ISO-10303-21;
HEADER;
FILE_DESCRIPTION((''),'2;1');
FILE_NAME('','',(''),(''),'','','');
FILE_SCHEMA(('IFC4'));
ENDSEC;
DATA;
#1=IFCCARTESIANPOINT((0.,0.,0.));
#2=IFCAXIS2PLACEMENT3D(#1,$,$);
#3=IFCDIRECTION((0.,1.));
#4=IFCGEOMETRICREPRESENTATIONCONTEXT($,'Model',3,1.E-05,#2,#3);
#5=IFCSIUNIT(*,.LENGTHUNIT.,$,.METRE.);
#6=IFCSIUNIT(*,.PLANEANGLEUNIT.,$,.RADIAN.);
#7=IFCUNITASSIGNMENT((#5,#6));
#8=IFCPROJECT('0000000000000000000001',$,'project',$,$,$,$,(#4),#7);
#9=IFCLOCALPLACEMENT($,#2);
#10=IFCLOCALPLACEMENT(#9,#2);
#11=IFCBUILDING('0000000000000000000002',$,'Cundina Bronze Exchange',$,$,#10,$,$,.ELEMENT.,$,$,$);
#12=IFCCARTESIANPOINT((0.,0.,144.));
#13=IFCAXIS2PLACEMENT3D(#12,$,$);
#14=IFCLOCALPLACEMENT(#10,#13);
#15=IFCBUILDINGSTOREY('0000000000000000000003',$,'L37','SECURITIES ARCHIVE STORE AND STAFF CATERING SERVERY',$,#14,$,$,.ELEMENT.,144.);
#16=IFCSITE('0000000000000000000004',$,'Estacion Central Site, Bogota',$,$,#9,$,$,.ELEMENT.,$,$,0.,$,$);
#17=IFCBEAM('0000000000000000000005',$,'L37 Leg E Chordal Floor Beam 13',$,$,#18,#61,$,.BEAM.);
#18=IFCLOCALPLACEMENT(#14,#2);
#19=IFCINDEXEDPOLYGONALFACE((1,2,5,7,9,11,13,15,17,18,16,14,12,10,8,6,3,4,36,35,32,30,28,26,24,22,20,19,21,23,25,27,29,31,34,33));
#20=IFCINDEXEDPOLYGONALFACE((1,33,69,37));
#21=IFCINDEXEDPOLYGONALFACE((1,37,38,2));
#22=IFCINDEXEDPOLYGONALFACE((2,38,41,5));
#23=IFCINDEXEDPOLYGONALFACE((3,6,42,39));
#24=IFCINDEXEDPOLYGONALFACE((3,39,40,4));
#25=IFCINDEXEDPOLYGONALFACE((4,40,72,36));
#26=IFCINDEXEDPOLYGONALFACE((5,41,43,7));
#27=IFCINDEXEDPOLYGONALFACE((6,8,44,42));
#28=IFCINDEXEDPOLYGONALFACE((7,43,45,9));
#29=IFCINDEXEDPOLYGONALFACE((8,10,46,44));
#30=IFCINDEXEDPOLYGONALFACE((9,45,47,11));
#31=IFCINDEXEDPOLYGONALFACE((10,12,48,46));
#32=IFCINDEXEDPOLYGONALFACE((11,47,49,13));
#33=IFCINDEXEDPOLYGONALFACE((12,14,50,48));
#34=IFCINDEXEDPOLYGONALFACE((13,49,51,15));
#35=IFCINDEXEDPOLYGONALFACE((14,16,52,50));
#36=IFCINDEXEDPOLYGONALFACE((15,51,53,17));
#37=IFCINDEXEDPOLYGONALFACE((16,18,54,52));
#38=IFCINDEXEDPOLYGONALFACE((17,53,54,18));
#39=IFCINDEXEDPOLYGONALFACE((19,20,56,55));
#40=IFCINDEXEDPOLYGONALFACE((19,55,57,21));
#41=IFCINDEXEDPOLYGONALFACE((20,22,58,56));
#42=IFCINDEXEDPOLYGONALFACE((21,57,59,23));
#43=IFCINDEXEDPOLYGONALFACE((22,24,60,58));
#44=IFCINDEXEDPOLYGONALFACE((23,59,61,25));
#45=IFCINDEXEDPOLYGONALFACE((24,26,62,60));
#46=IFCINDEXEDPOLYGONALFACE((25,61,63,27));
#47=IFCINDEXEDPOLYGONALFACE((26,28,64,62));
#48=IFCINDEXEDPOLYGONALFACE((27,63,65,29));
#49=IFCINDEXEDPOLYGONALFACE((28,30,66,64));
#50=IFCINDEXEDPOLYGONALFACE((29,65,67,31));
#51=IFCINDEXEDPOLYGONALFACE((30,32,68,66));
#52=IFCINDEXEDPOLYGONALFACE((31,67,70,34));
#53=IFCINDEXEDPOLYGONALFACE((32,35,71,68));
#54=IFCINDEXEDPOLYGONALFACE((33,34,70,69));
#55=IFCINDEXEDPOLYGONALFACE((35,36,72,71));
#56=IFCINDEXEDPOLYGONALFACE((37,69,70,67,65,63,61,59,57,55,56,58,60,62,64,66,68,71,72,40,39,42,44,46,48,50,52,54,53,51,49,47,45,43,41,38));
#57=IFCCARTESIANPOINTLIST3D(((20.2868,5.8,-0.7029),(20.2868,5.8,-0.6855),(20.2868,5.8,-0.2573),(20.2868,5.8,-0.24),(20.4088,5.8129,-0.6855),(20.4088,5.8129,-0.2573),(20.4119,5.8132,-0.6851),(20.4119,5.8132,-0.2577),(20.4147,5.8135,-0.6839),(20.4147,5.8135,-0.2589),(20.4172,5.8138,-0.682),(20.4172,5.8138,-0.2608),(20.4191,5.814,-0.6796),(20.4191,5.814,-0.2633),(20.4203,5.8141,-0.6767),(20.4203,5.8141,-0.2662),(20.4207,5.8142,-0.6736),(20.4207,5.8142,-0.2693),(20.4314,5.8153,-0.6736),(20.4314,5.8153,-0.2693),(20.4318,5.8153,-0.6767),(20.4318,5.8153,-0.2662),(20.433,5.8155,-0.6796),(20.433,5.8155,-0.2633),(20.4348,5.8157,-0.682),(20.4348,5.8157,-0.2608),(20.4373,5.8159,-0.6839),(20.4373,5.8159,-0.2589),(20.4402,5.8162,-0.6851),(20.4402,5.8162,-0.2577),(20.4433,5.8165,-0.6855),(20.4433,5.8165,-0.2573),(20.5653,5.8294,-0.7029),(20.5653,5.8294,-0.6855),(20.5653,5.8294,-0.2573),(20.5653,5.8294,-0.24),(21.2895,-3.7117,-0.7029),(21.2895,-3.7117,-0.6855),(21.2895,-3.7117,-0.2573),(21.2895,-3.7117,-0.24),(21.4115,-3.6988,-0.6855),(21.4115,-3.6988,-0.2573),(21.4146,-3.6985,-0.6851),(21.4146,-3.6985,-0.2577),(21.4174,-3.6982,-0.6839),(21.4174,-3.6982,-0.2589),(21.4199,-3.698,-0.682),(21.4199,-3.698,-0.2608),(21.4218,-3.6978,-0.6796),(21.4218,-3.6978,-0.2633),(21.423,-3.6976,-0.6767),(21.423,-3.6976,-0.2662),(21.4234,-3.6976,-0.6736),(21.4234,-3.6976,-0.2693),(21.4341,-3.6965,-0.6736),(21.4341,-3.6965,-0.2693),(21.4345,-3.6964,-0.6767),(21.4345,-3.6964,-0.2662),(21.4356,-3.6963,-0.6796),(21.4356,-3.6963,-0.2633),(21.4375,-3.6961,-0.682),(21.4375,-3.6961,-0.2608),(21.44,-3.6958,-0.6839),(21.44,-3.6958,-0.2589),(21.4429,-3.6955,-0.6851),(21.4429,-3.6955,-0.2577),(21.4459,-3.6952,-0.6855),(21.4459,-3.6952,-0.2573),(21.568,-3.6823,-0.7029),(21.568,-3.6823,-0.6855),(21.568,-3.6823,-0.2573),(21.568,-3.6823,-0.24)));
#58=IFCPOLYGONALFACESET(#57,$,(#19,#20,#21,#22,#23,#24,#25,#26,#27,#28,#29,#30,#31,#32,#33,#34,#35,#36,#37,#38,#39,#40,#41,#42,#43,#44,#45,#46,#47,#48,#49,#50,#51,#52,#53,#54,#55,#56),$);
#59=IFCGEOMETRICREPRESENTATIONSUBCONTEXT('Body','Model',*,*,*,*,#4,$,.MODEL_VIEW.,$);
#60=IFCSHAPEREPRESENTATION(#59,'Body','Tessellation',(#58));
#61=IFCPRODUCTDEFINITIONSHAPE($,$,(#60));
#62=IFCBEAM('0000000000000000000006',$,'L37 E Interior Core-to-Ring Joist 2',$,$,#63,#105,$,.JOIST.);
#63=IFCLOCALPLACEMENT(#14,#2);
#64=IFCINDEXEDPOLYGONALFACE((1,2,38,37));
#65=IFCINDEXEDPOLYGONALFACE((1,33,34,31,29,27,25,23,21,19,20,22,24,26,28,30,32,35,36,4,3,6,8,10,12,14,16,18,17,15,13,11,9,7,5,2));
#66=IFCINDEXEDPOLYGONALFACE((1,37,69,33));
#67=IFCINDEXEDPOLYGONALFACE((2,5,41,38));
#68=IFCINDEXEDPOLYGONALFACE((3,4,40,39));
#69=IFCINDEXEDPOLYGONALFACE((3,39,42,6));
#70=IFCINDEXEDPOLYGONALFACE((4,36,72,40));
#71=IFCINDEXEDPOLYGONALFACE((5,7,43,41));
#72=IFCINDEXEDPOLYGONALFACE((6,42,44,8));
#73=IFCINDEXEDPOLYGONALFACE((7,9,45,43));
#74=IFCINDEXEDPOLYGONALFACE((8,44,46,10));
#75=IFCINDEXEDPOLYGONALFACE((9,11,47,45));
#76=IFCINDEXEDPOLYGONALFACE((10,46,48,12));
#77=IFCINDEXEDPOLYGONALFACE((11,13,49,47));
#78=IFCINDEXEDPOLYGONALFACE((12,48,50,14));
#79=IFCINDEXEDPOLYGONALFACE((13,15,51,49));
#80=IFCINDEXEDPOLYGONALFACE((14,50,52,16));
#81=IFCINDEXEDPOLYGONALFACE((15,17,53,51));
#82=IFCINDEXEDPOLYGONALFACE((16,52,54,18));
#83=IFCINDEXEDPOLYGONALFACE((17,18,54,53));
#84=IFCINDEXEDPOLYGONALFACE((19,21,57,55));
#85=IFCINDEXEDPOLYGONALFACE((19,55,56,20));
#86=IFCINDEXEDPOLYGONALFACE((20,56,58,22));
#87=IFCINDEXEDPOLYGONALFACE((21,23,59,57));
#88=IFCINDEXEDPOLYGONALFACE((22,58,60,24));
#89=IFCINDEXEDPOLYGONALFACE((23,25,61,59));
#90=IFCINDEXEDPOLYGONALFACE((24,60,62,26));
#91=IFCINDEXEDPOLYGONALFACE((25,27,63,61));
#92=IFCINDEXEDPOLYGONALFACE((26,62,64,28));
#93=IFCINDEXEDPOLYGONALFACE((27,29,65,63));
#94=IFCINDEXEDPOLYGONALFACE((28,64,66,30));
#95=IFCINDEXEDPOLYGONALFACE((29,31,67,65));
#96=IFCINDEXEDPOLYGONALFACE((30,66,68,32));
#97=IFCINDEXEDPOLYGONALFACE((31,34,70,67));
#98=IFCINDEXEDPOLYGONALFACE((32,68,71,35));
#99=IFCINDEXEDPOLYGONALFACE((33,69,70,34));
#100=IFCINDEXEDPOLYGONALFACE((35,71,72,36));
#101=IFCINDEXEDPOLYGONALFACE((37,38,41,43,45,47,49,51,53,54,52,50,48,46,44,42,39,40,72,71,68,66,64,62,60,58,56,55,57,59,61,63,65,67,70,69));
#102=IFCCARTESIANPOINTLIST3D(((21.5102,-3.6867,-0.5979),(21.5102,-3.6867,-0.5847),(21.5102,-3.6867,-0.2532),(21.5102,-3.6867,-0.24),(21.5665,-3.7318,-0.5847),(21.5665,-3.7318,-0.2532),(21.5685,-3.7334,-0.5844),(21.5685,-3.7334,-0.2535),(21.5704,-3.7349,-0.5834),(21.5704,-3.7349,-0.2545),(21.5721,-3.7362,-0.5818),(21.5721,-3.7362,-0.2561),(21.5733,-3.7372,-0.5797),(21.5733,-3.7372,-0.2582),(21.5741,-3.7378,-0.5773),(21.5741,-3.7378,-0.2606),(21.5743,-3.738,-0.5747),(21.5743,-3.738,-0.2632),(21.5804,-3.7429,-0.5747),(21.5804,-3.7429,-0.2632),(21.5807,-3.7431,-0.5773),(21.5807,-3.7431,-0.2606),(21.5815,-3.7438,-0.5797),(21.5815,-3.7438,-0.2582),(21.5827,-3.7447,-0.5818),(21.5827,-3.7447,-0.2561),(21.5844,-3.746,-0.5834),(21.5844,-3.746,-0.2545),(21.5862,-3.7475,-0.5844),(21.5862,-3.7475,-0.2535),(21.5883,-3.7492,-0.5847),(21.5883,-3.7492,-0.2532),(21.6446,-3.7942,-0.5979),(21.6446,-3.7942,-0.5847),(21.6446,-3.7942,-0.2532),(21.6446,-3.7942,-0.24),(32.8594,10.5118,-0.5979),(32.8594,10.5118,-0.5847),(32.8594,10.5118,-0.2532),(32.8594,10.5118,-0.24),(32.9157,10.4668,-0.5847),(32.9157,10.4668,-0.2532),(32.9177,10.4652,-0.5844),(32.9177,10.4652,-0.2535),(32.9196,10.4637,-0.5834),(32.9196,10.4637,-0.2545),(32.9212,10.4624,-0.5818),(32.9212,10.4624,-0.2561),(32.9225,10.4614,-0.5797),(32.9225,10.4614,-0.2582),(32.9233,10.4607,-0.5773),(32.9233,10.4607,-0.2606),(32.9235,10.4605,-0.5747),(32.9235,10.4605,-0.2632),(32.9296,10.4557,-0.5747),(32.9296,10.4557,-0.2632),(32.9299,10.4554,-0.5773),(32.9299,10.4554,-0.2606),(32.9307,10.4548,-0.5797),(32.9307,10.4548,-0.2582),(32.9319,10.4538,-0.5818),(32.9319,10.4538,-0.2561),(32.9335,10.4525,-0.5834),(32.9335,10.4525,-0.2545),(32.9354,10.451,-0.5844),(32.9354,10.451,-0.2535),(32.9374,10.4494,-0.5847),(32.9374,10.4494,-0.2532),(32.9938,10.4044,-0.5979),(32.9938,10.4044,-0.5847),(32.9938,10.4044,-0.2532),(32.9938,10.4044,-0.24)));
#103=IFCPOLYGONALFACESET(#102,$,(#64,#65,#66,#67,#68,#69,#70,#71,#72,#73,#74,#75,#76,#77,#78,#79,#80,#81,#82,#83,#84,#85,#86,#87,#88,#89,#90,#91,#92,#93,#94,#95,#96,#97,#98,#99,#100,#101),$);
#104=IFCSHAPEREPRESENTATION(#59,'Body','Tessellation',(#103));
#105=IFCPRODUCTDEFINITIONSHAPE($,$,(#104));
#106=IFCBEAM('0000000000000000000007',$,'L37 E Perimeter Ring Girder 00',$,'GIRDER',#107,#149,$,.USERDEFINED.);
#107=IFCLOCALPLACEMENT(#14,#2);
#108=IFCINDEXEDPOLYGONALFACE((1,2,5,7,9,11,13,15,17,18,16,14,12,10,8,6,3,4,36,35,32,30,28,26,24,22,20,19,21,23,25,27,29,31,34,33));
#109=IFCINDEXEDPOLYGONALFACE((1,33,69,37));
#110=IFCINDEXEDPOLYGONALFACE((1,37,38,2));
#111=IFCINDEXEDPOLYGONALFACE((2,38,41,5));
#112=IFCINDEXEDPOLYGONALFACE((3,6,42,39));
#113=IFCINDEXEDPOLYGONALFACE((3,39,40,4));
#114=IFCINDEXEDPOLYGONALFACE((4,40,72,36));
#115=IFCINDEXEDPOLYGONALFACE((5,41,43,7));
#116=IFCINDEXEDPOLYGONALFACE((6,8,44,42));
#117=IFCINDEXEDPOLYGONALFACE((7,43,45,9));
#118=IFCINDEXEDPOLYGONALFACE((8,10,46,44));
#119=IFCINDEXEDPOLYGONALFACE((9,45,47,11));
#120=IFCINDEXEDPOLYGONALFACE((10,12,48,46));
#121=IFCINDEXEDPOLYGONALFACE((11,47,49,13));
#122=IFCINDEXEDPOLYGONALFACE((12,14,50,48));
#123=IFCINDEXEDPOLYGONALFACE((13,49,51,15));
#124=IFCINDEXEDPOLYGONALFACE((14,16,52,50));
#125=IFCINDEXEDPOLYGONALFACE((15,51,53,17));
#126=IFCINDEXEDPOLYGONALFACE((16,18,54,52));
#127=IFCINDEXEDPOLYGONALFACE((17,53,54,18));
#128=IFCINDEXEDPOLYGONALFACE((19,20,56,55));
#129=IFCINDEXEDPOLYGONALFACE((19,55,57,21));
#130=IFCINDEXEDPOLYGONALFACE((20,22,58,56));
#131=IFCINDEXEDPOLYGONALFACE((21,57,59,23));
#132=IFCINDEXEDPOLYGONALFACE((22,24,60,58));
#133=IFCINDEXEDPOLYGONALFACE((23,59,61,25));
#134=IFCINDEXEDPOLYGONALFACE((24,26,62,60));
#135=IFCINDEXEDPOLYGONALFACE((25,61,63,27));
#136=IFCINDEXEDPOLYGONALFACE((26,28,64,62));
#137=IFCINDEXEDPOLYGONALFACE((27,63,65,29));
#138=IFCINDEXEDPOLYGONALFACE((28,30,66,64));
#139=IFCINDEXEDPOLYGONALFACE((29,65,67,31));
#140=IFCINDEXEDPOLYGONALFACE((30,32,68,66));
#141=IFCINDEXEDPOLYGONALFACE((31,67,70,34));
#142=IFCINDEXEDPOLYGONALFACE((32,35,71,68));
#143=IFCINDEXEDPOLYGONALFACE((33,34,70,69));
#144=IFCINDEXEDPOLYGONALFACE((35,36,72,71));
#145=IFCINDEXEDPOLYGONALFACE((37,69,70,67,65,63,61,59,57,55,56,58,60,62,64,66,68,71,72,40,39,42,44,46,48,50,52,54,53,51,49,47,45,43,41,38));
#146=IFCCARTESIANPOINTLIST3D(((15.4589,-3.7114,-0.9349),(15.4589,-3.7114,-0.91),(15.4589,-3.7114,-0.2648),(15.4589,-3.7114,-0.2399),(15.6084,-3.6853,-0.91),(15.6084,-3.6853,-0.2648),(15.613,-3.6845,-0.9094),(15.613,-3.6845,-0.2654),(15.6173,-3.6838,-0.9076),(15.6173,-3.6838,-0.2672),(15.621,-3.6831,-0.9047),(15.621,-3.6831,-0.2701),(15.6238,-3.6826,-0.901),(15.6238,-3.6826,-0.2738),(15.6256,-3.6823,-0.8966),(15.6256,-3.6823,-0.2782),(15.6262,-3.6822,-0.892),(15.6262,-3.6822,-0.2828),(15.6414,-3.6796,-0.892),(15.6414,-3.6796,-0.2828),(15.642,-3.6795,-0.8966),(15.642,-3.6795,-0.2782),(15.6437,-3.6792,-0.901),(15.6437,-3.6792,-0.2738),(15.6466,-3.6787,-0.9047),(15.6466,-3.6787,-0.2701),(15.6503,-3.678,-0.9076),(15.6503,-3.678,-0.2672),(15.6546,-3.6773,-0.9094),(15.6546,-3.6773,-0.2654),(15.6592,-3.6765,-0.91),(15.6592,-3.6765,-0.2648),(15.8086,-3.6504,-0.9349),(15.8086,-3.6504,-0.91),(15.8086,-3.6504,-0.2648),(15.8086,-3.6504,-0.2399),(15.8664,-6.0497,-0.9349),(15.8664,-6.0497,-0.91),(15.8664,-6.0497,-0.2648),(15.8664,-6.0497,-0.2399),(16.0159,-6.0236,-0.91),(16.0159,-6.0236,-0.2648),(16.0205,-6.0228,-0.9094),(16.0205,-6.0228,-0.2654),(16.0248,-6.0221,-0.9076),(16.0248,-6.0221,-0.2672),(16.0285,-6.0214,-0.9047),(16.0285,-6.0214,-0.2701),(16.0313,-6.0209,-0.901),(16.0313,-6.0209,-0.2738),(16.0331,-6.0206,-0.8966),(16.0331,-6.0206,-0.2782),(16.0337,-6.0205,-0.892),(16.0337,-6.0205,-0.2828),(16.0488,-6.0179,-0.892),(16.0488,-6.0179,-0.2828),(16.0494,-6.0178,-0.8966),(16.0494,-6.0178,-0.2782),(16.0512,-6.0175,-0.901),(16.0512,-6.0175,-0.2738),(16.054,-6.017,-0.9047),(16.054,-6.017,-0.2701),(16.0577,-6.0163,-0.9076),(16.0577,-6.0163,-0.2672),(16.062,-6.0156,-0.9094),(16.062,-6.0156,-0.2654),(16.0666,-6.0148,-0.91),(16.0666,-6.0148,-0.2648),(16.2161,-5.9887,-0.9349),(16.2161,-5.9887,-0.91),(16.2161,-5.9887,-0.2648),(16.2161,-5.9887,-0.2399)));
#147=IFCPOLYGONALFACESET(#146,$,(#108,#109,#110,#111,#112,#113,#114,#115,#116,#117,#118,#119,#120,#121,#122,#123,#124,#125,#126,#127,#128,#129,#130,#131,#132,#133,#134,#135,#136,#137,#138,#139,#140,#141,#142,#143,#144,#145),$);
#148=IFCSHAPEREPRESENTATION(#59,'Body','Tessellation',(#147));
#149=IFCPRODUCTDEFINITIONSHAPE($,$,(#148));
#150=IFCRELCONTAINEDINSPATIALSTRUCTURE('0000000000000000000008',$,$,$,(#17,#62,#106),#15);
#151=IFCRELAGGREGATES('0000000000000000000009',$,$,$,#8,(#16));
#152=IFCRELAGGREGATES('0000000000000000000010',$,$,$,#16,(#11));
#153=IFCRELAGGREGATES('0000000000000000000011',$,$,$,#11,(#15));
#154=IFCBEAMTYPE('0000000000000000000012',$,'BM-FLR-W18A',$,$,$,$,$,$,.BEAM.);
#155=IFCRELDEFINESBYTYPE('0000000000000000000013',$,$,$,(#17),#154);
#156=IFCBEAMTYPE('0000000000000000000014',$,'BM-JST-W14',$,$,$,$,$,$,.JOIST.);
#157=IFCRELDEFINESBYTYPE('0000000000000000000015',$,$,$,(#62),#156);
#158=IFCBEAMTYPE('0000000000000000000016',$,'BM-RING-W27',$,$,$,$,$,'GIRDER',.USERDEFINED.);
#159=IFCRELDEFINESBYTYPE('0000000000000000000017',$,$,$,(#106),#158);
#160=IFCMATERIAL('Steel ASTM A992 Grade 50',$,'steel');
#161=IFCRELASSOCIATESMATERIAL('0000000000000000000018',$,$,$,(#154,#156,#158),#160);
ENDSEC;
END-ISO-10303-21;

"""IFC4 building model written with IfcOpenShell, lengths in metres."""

from ifc_helpers import new_model, si_unit, direction, frame, origin, origin_2d, place, context, subcontext, project, spatial, i_section, extrude, material, material_profile, profile_set, type_object, element, save


model = new_model("IFC4")

# Units and contexts
model_context = context("Model", 3, precision=1e-05, world=origin(), true_north=direction((0.0, 1.0)))
body_context = subcontext(model_context, "Body", "Model", "MODEL_VIEW")
ifc_project = project(units=[si_unit("LENGTHUNIT", "METRE"), si_unit("PLANEANGLEUNIT", "RADIAN")], contexts=[model_context])

# Site, building, storey
site_placement = place(None, origin())
site = spatial("IfcSite", under=ifc_project, at=site_placement, Name="Estacion Central Site, Bogota", CompositionType="ELEMENT", RefElevation=0.0)
building_placement = place(site_placement, origin())
building = spatial("IfcBuilding", under=site, at=building_placement, Name="Cundina Bronze Exchange", CompositionType="ELEMENT")
storey_placement = place(building_placement, frame((0.0, 0.0, 144.0)))
storey = spatial("IfcBuildingStorey", under=building, at=storey_placement, Name="L37", Description="SECURITIES ARCHIVE STORE AND STAFF CATERING SERVERY", CompositionType="ELEMENT", Elevation=144.0)

# Shared definitions
ifc_material_1 = material(Name="Steel ASTM A992 Grade 50", Category="steel")

# Beams
ifc_material_profile_1 = material_profile(ifc_material_1, i_section(OverallWidth=0.28, OverallDepth=0.4629, WebThickness=0.0107, FlangeThickness=0.0173, FilletRadius=0.012, at=origin_2d()), Name="W18X76", Category="steel")
ifc_profile_set_1 = profile_set([ifc_material_profile_1], Name="Steel ASTM A992 Grade 50")
beam_type_1 = type_object("IfcBeamType", Name="BM-FLR-W18A", PredefinedType="BEAM", material=ifc_profile_set_1)
beam_1_placement = place(storey_placement, frame((21.4287, -3.697, -0.4714), z_axis=(-0.104835, 0.99449, 0.0), x_axis=(-0.99449, -0.104835, 0.0)))
element("IfcBeam", 1, at=beam_1_placement, inside=storey, type_object=beam_type_1, Name="L37 Leg E Chordal Floor Beam 13", PredefinedType="BEAM", context=body_context, shape_type="SweptSolid", body=[
    extrude(i_section(OverallWidth=0.28, OverallDepth=0.4629, WebThickness=0.0107, FlangeThickness=0.0173, FilletRadius=0.012, at=origin_2d()), origin(), (0.0, 0.0, 1.0), 9.5645),
])
ifc_material_profile_2 = material_profile(ifc_material_1, i_section(OverallWidth=0.1721, OverallDepth=0.3579, WebThickness=0.0078, FlangeThickness=0.0132, FilletRadius=0.01, at=origin_2d()), Name="W14X38", Category="steel")
ifc_profile_set_2 = profile_set([ifc_material_profile_2], Name="Steel ASTM A992 Grade 50")
beam_type_2 = type_object("IfcBeamType", Name="BM-JST-W14", PredefinedType="JOIST", material=ifc_profile_set_2)
beam_2_placement = place(storey_placement, frame((21.5774, -3.7405, -0.4189), z_axis=(0.624371, 0.781128, 0.0), x_axis=(-0.781128, 0.624371, 0.0)))
element("IfcBeam", 2, at=beam_2_placement, inside=storey, type_object=beam_type_2, Name="L37 E Interior Core-to-Ring Joist 2", PredefinedType="JOIST", context=body_context, shape_type="SweptSolid", body=[
    extrude(i_section(OverallWidth=0.1721, OverallDepth=0.3579, WebThickness=0.0078, FlangeThickness=0.0132, FilletRadius=0.01, at=origin_2d()), origin(), (0.0, 0.0, 1.0), 18.177),
])
ifc_material_profile_3 = material_profile(ifc_material_1, i_section(OverallWidth=0.355, OverallDepth=0.6951, WebThickness=0.0154, FlangeThickness=0.0249, FilletRadius=0.0181, at=origin_2d()), Name="W27X146", Category="steel")
ifc_profile_set_3 = profile_set([ifc_material_profile_3], Name="Steel ASTM A992 Grade 50")
beam_type_3 = type_object("IfcBeamType", Name="BM-RING-W27", ElementType="GIRDER", PredefinedType="USERDEFINED", material=ifc_profile_set_3)
beam_3_placement = place(storey_placement, frame((15.6338, -3.6809, -0.5874), z_axis=(0.171667, -0.985155, 0.0), x_axis=(0.985155, 0.171667, 0.0)))
element("IfcBeam", 3, at=beam_3_placement, inside=storey, type_object=beam_type_3, Name="L37 E Perimeter Ring Girder 00", ObjectType="GIRDER", PredefinedType="USERDEFINED", context=body_context, shape_type="SweptSolid", body=[
    extrude(i_section(OverallWidth=0.355, OverallDepth=0.6951, WebThickness=0.0154, FlangeThickness=0.0249, FilletRadius=0.0181, at=origin_2d()), origin(), (0.0, 0.0, 1.0), 2.3735),
])

save(model, "model.ifc")
